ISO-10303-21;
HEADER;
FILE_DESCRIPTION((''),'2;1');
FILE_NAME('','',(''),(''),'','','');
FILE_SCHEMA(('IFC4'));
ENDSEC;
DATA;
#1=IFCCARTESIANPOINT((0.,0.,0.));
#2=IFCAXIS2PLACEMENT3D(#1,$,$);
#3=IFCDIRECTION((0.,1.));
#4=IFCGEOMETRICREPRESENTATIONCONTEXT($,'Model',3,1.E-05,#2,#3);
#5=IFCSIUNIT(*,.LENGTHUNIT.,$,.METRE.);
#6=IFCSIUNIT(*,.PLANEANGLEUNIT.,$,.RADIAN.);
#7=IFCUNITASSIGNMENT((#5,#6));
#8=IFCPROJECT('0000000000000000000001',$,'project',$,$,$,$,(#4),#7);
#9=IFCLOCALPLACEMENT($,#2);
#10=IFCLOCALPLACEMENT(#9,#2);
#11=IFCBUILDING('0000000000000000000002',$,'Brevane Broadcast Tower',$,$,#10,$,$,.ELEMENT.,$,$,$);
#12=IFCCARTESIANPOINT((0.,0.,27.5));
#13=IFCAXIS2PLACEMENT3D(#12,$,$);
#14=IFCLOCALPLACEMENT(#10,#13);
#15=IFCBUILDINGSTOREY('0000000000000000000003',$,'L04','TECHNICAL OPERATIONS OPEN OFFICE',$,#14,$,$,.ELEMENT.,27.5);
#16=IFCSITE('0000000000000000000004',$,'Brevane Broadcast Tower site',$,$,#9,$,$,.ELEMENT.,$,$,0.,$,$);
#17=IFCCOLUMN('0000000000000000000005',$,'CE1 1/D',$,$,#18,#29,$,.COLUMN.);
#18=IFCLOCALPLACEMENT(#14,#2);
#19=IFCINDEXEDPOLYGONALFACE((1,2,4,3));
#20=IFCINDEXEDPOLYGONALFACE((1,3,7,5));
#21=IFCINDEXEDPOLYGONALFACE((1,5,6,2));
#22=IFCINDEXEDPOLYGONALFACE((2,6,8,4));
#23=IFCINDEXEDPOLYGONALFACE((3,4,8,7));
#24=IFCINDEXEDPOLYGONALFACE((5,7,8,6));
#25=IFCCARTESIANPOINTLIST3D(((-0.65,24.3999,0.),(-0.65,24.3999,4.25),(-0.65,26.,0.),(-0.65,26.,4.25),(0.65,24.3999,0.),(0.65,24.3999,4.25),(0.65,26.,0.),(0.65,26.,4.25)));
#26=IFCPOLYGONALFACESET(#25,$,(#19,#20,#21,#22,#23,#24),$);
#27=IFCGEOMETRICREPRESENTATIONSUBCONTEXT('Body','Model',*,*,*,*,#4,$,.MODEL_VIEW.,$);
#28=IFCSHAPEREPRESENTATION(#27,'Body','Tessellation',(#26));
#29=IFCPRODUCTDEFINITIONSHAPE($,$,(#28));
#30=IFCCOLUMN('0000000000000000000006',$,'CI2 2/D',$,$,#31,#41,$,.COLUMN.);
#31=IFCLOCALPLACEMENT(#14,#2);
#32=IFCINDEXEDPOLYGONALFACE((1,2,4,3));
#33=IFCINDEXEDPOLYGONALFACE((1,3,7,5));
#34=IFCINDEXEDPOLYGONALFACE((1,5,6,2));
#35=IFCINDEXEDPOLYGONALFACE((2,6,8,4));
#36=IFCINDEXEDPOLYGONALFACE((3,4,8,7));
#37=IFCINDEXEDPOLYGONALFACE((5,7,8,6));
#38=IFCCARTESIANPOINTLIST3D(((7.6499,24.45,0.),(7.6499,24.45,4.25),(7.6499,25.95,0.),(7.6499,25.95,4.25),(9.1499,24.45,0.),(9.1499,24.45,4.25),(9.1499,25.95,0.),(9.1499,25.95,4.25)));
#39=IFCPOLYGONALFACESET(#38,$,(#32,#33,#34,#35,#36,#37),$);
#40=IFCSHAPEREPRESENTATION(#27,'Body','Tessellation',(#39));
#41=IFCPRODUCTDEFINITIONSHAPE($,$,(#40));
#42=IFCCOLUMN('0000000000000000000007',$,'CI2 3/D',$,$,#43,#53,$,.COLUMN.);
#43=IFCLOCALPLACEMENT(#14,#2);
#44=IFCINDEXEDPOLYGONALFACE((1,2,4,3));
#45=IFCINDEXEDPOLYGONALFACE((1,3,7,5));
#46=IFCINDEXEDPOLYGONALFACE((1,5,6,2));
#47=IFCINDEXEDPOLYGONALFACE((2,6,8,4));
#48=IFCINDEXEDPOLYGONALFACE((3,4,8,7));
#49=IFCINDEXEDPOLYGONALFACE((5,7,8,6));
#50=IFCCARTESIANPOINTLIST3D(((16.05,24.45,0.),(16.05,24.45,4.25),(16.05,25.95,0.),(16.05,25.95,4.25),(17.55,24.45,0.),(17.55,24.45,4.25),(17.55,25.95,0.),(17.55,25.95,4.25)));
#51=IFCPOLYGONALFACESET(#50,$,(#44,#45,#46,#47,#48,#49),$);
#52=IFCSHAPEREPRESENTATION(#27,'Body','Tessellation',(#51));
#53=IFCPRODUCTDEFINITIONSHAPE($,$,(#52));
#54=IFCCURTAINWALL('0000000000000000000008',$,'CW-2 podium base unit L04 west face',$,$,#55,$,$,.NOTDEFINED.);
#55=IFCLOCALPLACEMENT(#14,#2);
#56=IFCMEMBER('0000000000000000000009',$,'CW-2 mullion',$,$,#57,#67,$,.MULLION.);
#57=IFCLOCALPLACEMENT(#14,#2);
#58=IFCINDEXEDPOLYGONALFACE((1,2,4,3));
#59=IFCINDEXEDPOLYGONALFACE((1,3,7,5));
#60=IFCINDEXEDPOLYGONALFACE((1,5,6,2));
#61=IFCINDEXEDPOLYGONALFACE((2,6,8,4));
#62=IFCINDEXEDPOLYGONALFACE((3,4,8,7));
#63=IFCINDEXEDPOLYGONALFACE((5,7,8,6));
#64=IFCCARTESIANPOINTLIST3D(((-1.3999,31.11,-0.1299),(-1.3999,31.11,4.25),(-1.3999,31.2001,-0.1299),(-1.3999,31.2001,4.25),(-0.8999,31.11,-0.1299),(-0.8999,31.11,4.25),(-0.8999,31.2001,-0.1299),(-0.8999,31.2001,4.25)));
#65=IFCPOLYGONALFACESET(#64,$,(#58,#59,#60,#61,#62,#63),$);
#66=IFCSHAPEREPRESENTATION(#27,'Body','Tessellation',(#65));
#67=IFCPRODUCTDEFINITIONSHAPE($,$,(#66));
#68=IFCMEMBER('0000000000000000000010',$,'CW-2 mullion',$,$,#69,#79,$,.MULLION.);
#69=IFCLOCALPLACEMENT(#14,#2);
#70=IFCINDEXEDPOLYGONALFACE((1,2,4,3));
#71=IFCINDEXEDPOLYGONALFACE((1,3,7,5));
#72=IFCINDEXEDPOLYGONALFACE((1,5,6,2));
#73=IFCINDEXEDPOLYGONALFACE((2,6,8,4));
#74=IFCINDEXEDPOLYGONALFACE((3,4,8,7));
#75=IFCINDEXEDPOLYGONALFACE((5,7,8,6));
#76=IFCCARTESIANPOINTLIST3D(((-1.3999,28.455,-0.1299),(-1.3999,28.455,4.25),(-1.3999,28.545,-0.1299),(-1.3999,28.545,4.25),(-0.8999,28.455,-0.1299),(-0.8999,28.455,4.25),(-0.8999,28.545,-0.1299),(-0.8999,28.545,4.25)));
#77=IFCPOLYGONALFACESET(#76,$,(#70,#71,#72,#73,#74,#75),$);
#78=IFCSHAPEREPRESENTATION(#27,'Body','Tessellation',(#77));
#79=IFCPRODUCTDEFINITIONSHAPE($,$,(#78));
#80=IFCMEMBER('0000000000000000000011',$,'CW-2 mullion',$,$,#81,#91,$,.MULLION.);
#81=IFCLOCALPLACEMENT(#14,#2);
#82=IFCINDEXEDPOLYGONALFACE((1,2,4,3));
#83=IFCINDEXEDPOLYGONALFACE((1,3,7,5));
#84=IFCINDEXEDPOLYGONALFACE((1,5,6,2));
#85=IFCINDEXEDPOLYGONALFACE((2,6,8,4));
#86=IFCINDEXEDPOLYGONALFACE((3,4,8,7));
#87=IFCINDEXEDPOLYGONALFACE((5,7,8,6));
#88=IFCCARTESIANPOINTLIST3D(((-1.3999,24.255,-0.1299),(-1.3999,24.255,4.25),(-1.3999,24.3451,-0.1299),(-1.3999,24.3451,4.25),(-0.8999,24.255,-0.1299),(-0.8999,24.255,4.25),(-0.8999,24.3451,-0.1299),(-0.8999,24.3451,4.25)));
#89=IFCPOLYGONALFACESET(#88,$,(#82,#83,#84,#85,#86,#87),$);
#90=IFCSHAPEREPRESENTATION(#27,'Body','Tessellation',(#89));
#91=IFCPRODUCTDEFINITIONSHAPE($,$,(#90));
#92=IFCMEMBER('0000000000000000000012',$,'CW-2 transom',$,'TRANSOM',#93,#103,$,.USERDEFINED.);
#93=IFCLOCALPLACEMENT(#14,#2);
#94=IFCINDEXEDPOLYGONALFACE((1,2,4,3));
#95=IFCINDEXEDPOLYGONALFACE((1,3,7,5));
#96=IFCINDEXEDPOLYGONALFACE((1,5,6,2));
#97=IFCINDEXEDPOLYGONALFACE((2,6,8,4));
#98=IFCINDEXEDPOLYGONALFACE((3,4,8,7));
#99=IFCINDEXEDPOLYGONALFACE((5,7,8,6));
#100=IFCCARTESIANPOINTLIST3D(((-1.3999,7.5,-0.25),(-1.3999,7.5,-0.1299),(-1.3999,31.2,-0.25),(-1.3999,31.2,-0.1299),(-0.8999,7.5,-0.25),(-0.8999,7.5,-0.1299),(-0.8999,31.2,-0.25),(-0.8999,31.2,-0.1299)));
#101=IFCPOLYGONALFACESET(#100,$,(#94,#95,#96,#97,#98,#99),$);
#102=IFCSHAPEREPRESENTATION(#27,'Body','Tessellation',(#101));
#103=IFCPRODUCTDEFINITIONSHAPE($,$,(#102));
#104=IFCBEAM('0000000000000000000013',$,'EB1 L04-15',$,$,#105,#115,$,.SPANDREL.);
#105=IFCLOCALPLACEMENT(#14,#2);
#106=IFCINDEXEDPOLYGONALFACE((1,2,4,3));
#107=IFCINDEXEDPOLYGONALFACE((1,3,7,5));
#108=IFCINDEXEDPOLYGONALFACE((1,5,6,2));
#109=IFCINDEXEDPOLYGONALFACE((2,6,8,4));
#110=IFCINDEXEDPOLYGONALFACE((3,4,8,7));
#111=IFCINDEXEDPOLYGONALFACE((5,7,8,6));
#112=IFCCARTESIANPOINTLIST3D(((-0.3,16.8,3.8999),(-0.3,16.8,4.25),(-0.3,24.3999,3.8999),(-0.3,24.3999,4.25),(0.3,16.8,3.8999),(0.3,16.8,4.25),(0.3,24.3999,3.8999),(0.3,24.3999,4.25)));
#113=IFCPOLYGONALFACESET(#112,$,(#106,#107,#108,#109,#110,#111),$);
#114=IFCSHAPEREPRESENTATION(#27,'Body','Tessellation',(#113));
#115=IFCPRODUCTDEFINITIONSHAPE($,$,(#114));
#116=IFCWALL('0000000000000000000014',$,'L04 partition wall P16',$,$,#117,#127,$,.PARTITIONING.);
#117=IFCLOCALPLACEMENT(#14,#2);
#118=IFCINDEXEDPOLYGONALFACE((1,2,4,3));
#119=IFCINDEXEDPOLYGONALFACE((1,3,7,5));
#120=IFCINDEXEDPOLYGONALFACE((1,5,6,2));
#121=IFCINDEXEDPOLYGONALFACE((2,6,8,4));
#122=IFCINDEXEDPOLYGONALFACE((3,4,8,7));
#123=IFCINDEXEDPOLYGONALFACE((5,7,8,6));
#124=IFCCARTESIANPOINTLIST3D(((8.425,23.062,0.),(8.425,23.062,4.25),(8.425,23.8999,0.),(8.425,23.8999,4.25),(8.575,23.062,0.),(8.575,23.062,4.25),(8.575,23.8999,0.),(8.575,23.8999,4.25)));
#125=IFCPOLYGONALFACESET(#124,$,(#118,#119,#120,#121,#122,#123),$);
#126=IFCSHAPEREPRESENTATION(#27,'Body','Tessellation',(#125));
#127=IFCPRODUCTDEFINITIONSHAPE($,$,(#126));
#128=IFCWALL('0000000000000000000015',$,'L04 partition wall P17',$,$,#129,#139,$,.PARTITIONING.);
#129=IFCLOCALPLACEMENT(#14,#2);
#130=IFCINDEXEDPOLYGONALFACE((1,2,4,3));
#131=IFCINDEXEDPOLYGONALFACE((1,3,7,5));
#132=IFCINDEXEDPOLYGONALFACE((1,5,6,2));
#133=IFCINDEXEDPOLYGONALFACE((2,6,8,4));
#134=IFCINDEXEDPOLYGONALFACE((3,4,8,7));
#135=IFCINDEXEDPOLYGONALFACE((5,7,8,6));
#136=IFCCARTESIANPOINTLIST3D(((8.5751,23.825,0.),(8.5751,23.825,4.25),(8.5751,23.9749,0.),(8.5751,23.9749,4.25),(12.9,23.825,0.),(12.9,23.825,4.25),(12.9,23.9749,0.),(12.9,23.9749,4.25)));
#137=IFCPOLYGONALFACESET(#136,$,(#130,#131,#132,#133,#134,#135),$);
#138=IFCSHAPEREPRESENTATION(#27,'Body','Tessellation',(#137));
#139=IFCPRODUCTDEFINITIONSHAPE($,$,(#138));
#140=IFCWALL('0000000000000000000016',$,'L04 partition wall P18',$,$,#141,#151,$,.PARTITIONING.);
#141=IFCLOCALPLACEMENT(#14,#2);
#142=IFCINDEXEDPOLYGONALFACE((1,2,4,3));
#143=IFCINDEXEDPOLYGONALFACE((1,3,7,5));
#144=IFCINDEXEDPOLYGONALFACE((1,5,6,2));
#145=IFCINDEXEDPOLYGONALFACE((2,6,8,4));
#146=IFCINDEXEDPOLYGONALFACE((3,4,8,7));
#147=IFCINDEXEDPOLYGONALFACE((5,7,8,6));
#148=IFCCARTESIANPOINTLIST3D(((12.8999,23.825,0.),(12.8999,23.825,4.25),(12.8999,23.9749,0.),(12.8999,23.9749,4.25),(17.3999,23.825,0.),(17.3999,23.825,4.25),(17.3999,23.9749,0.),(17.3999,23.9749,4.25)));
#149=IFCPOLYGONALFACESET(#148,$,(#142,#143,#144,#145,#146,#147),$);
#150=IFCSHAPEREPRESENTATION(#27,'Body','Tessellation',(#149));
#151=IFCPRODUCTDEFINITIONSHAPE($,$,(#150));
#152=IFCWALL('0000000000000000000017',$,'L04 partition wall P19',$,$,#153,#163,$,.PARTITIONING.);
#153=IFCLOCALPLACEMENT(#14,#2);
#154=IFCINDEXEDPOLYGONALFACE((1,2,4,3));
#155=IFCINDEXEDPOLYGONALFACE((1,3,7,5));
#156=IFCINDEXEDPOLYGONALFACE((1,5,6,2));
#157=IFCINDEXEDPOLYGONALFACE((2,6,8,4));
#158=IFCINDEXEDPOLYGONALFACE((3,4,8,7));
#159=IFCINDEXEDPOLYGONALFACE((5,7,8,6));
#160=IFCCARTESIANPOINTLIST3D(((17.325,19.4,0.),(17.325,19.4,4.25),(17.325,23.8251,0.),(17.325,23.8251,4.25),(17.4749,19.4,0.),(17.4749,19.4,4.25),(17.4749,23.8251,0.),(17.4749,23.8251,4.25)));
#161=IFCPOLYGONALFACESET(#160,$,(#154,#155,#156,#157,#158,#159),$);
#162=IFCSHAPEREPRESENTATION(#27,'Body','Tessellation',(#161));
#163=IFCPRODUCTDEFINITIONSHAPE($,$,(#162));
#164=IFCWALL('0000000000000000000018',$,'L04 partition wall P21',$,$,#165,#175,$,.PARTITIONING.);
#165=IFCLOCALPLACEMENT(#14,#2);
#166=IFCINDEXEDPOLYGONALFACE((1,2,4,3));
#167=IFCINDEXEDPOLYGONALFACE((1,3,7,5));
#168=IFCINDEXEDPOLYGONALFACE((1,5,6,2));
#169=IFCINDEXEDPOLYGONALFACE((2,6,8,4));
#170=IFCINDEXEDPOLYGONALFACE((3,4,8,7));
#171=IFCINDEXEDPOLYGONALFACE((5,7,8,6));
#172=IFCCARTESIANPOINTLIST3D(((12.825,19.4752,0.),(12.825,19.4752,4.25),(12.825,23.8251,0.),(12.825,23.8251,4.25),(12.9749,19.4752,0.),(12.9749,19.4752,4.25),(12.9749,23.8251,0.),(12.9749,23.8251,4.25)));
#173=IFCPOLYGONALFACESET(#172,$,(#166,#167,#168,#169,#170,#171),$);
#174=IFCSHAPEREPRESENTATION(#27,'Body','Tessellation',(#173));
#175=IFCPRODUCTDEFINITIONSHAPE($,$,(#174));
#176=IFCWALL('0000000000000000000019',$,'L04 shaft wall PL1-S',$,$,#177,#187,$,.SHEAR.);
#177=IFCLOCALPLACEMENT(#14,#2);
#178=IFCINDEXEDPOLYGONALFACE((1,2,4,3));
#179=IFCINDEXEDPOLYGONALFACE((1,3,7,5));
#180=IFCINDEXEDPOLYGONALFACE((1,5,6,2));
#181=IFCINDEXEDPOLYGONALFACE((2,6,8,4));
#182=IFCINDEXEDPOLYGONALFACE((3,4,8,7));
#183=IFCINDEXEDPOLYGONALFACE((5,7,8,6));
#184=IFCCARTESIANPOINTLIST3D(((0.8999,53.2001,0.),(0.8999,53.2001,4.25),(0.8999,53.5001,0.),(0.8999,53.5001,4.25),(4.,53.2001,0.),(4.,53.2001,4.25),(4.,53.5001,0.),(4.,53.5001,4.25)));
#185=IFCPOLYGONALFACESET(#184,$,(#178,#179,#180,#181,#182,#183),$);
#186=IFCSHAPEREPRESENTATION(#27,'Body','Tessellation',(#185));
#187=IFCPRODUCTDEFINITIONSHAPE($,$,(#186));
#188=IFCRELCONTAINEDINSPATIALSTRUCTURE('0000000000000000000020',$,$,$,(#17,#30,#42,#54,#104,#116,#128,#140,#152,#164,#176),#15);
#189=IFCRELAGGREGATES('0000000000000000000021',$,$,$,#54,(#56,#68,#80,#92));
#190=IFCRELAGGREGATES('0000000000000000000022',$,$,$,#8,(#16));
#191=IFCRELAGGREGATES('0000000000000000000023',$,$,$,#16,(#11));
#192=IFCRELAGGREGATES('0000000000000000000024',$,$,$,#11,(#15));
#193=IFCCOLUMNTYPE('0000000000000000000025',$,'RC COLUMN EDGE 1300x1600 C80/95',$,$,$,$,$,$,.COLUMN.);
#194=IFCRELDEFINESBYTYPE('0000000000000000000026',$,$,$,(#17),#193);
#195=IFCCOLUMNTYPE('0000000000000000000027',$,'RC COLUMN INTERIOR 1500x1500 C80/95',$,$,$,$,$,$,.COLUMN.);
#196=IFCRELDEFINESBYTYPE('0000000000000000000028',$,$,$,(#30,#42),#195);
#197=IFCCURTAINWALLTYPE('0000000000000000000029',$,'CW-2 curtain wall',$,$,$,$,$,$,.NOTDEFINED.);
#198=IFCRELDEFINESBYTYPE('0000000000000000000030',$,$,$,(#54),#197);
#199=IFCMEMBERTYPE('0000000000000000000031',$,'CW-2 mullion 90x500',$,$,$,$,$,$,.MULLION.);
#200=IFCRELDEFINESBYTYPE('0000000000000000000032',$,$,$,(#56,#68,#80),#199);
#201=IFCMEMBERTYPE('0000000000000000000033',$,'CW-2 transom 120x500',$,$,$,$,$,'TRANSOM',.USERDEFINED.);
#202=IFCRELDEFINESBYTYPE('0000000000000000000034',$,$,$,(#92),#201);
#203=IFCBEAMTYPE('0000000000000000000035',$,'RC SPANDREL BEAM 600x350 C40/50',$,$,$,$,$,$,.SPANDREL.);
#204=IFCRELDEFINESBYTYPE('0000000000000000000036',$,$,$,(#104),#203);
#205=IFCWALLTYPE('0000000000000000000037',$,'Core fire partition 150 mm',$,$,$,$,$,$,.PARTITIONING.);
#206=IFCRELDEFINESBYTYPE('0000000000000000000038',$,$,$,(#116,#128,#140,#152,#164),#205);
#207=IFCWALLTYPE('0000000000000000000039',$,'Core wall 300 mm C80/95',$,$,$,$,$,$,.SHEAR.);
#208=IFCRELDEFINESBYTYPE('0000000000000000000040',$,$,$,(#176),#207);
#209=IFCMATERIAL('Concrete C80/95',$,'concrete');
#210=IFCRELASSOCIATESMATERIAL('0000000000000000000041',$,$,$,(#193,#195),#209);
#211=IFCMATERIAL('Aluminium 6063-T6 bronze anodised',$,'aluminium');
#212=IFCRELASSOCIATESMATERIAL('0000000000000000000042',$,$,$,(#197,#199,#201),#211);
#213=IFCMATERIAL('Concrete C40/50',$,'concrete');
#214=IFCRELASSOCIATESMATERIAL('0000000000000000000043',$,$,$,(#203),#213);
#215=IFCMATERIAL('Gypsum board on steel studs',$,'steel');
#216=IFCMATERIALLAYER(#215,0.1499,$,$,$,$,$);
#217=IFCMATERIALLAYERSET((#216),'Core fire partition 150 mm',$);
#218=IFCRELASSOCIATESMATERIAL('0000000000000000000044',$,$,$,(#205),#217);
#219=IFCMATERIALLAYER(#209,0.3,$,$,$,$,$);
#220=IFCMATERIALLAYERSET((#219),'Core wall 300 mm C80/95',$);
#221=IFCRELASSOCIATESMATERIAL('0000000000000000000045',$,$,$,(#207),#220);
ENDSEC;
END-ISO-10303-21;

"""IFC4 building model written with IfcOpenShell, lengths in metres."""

from ifc_helpers import new_model, si_unit, direction, frame, frame_2d, origin, origin_2d, place, context, subcontext, project, spatial, rectangle, extrude, material, layer, layer_set, material_profile, profile_set, type_object, element, aggregate, save


model = new_model("IFC4")

# Units and contexts
model_context = context("Model", 3, precision=1e-05, world=origin(), true_north=direction((0.0, 1.0)))
body_context = subcontext(model_context, "Body", "Model", "MODEL_VIEW")
ifc_project = project(units=[si_unit("LENGTHUNIT", "METRE"), si_unit("PLANEANGLEUNIT", "RADIAN")], contexts=[model_context])

# Site, building, storey
site_placement = place(None, origin())
site = spatial("IfcSite", under=ifc_project, at=site_placement, Name="Brevane Broadcast Tower site", CompositionType="ELEMENT", RefElevation=0.0)
building_placement = place(site_placement, origin())
building = spatial("IfcBuilding", under=site, at=building_placement, Name="Brevane Broadcast Tower", CompositionType="ELEMENT")
storey_placement = place(building_placement, frame((0.0, 0.0, 27.5)))
storey = spatial("IfcBuildingStorey", under=building, at=storey_placement, Name="L04", Description="TECHNICAL OPERATIONS OPEN OFFICE", CompositionType="ELEMENT", Elevation=27.5)

# Columns
ifc_material_1 = material(Name="Concrete C80/95", Category="concrete")
ifc_material_profile_1 = material_profile(ifc_material_1, rectangle(XDim=1.3, YDim=1.6001, at=origin_2d()), Name="RC 1300x1600")
ifc_profile_set_1 = profile_set([ifc_material_profile_1], Name="Concrete C80/95")
column_type_1 = type_object("IfcColumnType", Name="RC COLUMN EDGE 1300x1600 C80/95", PredefinedType="COLUMN", material=ifc_profile_set_1)
column_placement = place(storey_placement, frame((0.0, 25.2, 0.0), z_axis=(0.0, 0.0, 1.0), x_axis=(1.0, 0.0, 0.0)))
element("IfcColumn", 1, at=column_placement, inside=storey, type_object=column_type_1, Name="CE1 1/D", PredefinedType="COLUMN", context=body_context, shape_type="SweptSolid", body=[
    extrude(rectangle(XDim=1.3, YDim=1.6001, at=origin_2d()), origin(), (0.0, 0.0, 1.0), 4.25),
])
ifc_material_profile_2 = material_profile(ifc_material_1, rectangle(XDim=1.5, YDim=1.5, at=origin_2d()), Name="RC 1500x1500")
ifc_profile_set_2 = profile_set([ifc_material_profile_2], Name="Concrete C80/95")
column_type_2 = type_object("IfcColumnType", Name="RC COLUMN INTERIOR 1500x1500 C80/95", PredefinedType="COLUMN", material=ifc_profile_set_2)
for number, where, z_axis, x_axis, name in (
    (2, (8.3999, 25.2, 0.0), (0.0, 0.0, 1.0), (1.0, 0.0, 0.0), "CI2 2/D"),
    (3, (16.8, 25.2, 0.0), (0.0, 0.0, 1.0), (1.0, 0.0, 0.0), "CI2 3/D"),
):
    element("IfcColumn", number, at=place(storey_placement, frame(where, z_axis=z_axis, x_axis=x_axis)), inside=storey, type_object=column_type_2, Name=name, PredefinedType="COLUMN", context=body_context, shape_type="SweptSolid", body=[
        extrude(rectangle(XDim=1.5, YDim=1.5, at=origin_2d()), origin(), (0.0, 0.0, 1.0), 4.25),
    ])

# Curtain wall, members
ifc_material_2 = material(Name="Aluminium 6063-T6 bronze anodised", Category="aluminium")
curtain_wall_type = type_object("IfcCurtainWallType", Name="CW-2 curtain wall", PredefinedType="NOTDEFINED", material=ifc_material_2)
curtain_wall_placement = place(storey_placement, origin())
curtain_wall = element("IfcCurtainWall", 4, at=curtain_wall_placement, inside=storey, type_object=curtain_wall_type, Name="CW-2 podium base unit L04 west face", PredefinedType="NOTDEFINED")
ifc_material_profile_3 = material_profile(ifc_material_2, rectangle(XDim=0.5, YDim=0.0901, at=origin_2d()), Name="RECT 90x500")
ifc_profile_set_3 = profile_set([ifc_material_profile_3], Name="Aluminium 6063-T6 bronze anodised")
member_type_1 = type_object("IfcMemberType", Name="CW-2 mullion 90x500", PredefinedType="MULLION", material=ifc_profile_set_3)
member_1_placement = place(storey_placement, frame((-1.1499, 31.155, -0.1299), z_axis=(0.0, 0.0, 1.0), x_axis=(1.0, 0.0, 0.0)))
member_1 = element("IfcMember", 5, at=member_1_placement, type_object=member_type_1, Name="CW-2 mullion", PredefinedType="MULLION", context=body_context, shape_type="SweptSolid", body=[
    extrude(rectangle(XDim=0.5, YDim=0.0901, at=origin_2d()), origin(), (0.0, 0.0, 1.0), 4.3799),
])
member_2_placement = place(storey_placement, frame((-1.1499, 28.5, -0.1299), z_axis=(0.0, 0.0, 1.0), x_axis=(1.0, 0.0, 0.0)))
member_2 = element("IfcMember", 6, at=member_2_placement, type_object=member_type_1, Name="CW-2 mullion", PredefinedType="MULLION", context=body_context, shape_type="SweptSolid", body=[
    extrude(rectangle(XDim=0.5, YDim=0.0901, at=origin_2d()), origin(), (0.0, 0.0, 1.0), 4.3799),
])
member_3_placement = place(storey_placement, frame((-1.1499, 24.3, -0.1299), z_axis=(0.0, 0.0, 1.0), x_axis=(1.0, 0.0, 0.0)))
member_3 = element("IfcMember", 7, at=member_3_placement, type_object=member_type_1, Name="CW-2 mullion", PredefinedType="MULLION", context=body_context, shape_type="SweptSolid", body=[
    extrude(rectangle(XDim=0.5, YDim=0.0901, at=origin_2d()), origin(), (0.0, 0.0, 1.0), 4.3799),
])
ifc_material_profile_4 = material_profile(ifc_material_2, rectangle(XDim=0.5, YDim=0.1201, at=origin_2d()), Name="RECT 120x500")
ifc_profile_set_4 = profile_set([ifc_material_profile_4], Name="Aluminium 6063-T6 bronze anodised")
member_type_2 = type_object("IfcMemberType", Name="CW-2 transom 120x500", ElementType="TRANSOM", PredefinedType="USERDEFINED", material=ifc_profile_set_4)
member_4_placement = place(storey_placement, frame((-1.1499, 31.2, -0.1899), z_axis=(0.0, -1.0, 0.0), x_axis=(1.0, 0.0, 0.0)))
member_4 = element("IfcMember", 8, at=member_4_placement, type_object=member_type_2, Name="CW-2 transom", ObjectType="TRANSOM", PredefinedType="USERDEFINED", context=body_context, shape_type="SweptSolid", body=[
    extrude(rectangle(XDim=0.5, YDim=0.1201, at=origin_2d()), origin(), (0.0, 0.0, 1.0), 23.7),
])
aggregate(curtain_wall, [member_1, member_2, member_3, member_4])

# Beam
ifc_material_3 = material(Name="Concrete C40/50", Category="concrete")
ifc_material_profile_5 = material_profile(ifc_material_3, rectangle(XDim=0.6001, YDim=0.3501, at=origin_2d()), Name="RC 600x350")
ifc_profile_set_5 = profile_set([ifc_material_profile_5], Name="Concrete C40/50")
beam_type = type_object("IfcBeamType", Name="RC SPANDREL BEAM 600x350 C40/50", PredefinedType="SPANDREL", material=ifc_profile_set_5)
beam_placement = place(storey_placement, frame((0.0, 24.3999, 4.075), z_axis=(0.0, -1.0, 0.0), x_axis=(1.0, 0.0, 0.0)))
element("IfcBeam", 9, at=beam_placement, inside=storey, type_object=beam_type, Name="EB1 L04-15", PredefinedType="SPANDREL", context=body_context, shape_type="SweptSolid", body=[
    extrude(rectangle(XDim=0.6001, YDim=0.3501, at=origin_2d()), origin(), (0.0, 0.0, 1.0), 7.5999),
])

# Walls
ifc_material_4 = material(Name="Gypsum board on steel studs", Category="steel")
ifc_layer_1 = layer(ifc_material_4, 0.1499)
ifc_layer_set_1 = layer_set([ifc_layer_1], Name="Core fire partition 150 mm")
wall_type_1 = type_object("IfcWallType", Name="Core fire partition 150 mm", PredefinedType="PARTITIONING", material=ifc_layer_set_1)
wall_1_placement = place(storey_placement, frame((8.5, 23.062, 0.0), z_axis=(0.0, 0.0, 1.0), x_axis=(0.0, 1.0, 0.0)))
element("IfcWall", 10, at=wall_1_placement, inside=storey, type_object=wall_type_1, Name="L04 partition wall P16", PredefinedType="PARTITIONING", context=body_context, shape_type="SweptSolid", body=[
    extrude(rectangle(XDim=0.8379, YDim=0.1499, at=frame_2d((0.4189, 0.0))), origin(), (0.0, 0.0, 1.0), 4.25),
])
wall_2_placement = place(storey_placement, frame((8.575, 23.8999, 0.0), z_axis=(0.0, 0.0, 1.0), x_axis=(1.0, 0.0, 0.0)))
element("IfcWall", 11, at=wall_2_placement, inside=storey, type_object=wall_type_1, Name="L04 partition wall P17", PredefinedType="PARTITIONING", context=body_context, shape_type="SweptSolid", body=[
    extrude(rectangle(XDim=4.325, YDim=0.1499, at=frame_2d((2.1626, 0.0))), origin(), (0.0, 0.0, 1.0), 4.25),
])
wall_3_placement = place(storey_placement, frame((12.8999, 23.8999, 0.0), z_axis=(0.0, 0.0, 1.0), x_axis=(1.0, 0.0, 0.0)))
element("IfcWall", 12, at=wall_3_placement, inside=storey, type_object=wall_type_1, Name="L04 partition wall P18", PredefinedType="PARTITIONING", context=body_context, shape_type="SweptSolid", body=[
    extrude(rectangle(XDim=4.5, YDim=0.1499, at=frame_2d((2.25, 0.0))), origin(), (0.0, 0.0, 1.0), 4.25),
])
wall_4_placement = place(storey_placement, frame((17.3999, 23.825, 0.0), z_axis=(0.0, 0.0, 1.0), x_axis=(0.0, -1.0, 0.0)))
element("IfcWall", 13, at=wall_4_placement, inside=storey, type_object=wall_type_1, Name="L04 partition wall P19", PredefinedType="PARTITIONING", context=body_context, shape_type="SweptSolid", body=[
    extrude(rectangle(XDim=4.425, YDim=0.1499, at=frame_2d((2.2124, 0.0))), origin(), (0.0, 0.0, 1.0), 4.25),
])
wall_5_placement = place(storey_placement, frame((12.8999, 23.825, 0.0), z_axis=(0.0, 0.0, 1.0), x_axis=(0.0, -1.0, 0.0)))
element("IfcWall", 14, at=wall_5_placement, inside=storey, type_object=wall_type_1, Name="L04 partition wall P21", PredefinedType="PARTITIONING", context=body_context, shape_type="SweptSolid", body=[
    extrude(rectangle(XDim=4.3499, YDim=0.1499, at=frame_2d((2.1748, 0.0))), origin(), (0.0, 0.0, 1.0), 4.25),
])
ifc_layer_2 = layer(ifc_material_1, 0.3)
ifc_layer_set_2 = layer_set([ifc_layer_2], Name="Core wall 300 mm C80/95")
wall_type_2 = type_object("IfcWallType", Name="Core wall 300 mm C80/95", PredefinedType="SHEAR", material=ifc_layer_set_2)
wall_6_placement = place(storey_placement, frame((0.8999, 53.3501, 0.0), z_axis=(0.0, 0.0, 1.0), x_axis=(1.0, 0.0, 0.0)))
element("IfcWall", 15, at=wall_6_placement, inside=storey, type_object=wall_type_2, Name="L04 shaft wall PL1-S", PredefinedType="SHEAR", context=body_context, shape_type="SweptSolid", body=[
    extrude(rectangle(XDim=3.1001, YDim=0.3, at=frame_2d((1.55, 0.0))), origin(), (0.0, 0.0, 1.0), 4.25),
])

save(model, "model.ifc")
